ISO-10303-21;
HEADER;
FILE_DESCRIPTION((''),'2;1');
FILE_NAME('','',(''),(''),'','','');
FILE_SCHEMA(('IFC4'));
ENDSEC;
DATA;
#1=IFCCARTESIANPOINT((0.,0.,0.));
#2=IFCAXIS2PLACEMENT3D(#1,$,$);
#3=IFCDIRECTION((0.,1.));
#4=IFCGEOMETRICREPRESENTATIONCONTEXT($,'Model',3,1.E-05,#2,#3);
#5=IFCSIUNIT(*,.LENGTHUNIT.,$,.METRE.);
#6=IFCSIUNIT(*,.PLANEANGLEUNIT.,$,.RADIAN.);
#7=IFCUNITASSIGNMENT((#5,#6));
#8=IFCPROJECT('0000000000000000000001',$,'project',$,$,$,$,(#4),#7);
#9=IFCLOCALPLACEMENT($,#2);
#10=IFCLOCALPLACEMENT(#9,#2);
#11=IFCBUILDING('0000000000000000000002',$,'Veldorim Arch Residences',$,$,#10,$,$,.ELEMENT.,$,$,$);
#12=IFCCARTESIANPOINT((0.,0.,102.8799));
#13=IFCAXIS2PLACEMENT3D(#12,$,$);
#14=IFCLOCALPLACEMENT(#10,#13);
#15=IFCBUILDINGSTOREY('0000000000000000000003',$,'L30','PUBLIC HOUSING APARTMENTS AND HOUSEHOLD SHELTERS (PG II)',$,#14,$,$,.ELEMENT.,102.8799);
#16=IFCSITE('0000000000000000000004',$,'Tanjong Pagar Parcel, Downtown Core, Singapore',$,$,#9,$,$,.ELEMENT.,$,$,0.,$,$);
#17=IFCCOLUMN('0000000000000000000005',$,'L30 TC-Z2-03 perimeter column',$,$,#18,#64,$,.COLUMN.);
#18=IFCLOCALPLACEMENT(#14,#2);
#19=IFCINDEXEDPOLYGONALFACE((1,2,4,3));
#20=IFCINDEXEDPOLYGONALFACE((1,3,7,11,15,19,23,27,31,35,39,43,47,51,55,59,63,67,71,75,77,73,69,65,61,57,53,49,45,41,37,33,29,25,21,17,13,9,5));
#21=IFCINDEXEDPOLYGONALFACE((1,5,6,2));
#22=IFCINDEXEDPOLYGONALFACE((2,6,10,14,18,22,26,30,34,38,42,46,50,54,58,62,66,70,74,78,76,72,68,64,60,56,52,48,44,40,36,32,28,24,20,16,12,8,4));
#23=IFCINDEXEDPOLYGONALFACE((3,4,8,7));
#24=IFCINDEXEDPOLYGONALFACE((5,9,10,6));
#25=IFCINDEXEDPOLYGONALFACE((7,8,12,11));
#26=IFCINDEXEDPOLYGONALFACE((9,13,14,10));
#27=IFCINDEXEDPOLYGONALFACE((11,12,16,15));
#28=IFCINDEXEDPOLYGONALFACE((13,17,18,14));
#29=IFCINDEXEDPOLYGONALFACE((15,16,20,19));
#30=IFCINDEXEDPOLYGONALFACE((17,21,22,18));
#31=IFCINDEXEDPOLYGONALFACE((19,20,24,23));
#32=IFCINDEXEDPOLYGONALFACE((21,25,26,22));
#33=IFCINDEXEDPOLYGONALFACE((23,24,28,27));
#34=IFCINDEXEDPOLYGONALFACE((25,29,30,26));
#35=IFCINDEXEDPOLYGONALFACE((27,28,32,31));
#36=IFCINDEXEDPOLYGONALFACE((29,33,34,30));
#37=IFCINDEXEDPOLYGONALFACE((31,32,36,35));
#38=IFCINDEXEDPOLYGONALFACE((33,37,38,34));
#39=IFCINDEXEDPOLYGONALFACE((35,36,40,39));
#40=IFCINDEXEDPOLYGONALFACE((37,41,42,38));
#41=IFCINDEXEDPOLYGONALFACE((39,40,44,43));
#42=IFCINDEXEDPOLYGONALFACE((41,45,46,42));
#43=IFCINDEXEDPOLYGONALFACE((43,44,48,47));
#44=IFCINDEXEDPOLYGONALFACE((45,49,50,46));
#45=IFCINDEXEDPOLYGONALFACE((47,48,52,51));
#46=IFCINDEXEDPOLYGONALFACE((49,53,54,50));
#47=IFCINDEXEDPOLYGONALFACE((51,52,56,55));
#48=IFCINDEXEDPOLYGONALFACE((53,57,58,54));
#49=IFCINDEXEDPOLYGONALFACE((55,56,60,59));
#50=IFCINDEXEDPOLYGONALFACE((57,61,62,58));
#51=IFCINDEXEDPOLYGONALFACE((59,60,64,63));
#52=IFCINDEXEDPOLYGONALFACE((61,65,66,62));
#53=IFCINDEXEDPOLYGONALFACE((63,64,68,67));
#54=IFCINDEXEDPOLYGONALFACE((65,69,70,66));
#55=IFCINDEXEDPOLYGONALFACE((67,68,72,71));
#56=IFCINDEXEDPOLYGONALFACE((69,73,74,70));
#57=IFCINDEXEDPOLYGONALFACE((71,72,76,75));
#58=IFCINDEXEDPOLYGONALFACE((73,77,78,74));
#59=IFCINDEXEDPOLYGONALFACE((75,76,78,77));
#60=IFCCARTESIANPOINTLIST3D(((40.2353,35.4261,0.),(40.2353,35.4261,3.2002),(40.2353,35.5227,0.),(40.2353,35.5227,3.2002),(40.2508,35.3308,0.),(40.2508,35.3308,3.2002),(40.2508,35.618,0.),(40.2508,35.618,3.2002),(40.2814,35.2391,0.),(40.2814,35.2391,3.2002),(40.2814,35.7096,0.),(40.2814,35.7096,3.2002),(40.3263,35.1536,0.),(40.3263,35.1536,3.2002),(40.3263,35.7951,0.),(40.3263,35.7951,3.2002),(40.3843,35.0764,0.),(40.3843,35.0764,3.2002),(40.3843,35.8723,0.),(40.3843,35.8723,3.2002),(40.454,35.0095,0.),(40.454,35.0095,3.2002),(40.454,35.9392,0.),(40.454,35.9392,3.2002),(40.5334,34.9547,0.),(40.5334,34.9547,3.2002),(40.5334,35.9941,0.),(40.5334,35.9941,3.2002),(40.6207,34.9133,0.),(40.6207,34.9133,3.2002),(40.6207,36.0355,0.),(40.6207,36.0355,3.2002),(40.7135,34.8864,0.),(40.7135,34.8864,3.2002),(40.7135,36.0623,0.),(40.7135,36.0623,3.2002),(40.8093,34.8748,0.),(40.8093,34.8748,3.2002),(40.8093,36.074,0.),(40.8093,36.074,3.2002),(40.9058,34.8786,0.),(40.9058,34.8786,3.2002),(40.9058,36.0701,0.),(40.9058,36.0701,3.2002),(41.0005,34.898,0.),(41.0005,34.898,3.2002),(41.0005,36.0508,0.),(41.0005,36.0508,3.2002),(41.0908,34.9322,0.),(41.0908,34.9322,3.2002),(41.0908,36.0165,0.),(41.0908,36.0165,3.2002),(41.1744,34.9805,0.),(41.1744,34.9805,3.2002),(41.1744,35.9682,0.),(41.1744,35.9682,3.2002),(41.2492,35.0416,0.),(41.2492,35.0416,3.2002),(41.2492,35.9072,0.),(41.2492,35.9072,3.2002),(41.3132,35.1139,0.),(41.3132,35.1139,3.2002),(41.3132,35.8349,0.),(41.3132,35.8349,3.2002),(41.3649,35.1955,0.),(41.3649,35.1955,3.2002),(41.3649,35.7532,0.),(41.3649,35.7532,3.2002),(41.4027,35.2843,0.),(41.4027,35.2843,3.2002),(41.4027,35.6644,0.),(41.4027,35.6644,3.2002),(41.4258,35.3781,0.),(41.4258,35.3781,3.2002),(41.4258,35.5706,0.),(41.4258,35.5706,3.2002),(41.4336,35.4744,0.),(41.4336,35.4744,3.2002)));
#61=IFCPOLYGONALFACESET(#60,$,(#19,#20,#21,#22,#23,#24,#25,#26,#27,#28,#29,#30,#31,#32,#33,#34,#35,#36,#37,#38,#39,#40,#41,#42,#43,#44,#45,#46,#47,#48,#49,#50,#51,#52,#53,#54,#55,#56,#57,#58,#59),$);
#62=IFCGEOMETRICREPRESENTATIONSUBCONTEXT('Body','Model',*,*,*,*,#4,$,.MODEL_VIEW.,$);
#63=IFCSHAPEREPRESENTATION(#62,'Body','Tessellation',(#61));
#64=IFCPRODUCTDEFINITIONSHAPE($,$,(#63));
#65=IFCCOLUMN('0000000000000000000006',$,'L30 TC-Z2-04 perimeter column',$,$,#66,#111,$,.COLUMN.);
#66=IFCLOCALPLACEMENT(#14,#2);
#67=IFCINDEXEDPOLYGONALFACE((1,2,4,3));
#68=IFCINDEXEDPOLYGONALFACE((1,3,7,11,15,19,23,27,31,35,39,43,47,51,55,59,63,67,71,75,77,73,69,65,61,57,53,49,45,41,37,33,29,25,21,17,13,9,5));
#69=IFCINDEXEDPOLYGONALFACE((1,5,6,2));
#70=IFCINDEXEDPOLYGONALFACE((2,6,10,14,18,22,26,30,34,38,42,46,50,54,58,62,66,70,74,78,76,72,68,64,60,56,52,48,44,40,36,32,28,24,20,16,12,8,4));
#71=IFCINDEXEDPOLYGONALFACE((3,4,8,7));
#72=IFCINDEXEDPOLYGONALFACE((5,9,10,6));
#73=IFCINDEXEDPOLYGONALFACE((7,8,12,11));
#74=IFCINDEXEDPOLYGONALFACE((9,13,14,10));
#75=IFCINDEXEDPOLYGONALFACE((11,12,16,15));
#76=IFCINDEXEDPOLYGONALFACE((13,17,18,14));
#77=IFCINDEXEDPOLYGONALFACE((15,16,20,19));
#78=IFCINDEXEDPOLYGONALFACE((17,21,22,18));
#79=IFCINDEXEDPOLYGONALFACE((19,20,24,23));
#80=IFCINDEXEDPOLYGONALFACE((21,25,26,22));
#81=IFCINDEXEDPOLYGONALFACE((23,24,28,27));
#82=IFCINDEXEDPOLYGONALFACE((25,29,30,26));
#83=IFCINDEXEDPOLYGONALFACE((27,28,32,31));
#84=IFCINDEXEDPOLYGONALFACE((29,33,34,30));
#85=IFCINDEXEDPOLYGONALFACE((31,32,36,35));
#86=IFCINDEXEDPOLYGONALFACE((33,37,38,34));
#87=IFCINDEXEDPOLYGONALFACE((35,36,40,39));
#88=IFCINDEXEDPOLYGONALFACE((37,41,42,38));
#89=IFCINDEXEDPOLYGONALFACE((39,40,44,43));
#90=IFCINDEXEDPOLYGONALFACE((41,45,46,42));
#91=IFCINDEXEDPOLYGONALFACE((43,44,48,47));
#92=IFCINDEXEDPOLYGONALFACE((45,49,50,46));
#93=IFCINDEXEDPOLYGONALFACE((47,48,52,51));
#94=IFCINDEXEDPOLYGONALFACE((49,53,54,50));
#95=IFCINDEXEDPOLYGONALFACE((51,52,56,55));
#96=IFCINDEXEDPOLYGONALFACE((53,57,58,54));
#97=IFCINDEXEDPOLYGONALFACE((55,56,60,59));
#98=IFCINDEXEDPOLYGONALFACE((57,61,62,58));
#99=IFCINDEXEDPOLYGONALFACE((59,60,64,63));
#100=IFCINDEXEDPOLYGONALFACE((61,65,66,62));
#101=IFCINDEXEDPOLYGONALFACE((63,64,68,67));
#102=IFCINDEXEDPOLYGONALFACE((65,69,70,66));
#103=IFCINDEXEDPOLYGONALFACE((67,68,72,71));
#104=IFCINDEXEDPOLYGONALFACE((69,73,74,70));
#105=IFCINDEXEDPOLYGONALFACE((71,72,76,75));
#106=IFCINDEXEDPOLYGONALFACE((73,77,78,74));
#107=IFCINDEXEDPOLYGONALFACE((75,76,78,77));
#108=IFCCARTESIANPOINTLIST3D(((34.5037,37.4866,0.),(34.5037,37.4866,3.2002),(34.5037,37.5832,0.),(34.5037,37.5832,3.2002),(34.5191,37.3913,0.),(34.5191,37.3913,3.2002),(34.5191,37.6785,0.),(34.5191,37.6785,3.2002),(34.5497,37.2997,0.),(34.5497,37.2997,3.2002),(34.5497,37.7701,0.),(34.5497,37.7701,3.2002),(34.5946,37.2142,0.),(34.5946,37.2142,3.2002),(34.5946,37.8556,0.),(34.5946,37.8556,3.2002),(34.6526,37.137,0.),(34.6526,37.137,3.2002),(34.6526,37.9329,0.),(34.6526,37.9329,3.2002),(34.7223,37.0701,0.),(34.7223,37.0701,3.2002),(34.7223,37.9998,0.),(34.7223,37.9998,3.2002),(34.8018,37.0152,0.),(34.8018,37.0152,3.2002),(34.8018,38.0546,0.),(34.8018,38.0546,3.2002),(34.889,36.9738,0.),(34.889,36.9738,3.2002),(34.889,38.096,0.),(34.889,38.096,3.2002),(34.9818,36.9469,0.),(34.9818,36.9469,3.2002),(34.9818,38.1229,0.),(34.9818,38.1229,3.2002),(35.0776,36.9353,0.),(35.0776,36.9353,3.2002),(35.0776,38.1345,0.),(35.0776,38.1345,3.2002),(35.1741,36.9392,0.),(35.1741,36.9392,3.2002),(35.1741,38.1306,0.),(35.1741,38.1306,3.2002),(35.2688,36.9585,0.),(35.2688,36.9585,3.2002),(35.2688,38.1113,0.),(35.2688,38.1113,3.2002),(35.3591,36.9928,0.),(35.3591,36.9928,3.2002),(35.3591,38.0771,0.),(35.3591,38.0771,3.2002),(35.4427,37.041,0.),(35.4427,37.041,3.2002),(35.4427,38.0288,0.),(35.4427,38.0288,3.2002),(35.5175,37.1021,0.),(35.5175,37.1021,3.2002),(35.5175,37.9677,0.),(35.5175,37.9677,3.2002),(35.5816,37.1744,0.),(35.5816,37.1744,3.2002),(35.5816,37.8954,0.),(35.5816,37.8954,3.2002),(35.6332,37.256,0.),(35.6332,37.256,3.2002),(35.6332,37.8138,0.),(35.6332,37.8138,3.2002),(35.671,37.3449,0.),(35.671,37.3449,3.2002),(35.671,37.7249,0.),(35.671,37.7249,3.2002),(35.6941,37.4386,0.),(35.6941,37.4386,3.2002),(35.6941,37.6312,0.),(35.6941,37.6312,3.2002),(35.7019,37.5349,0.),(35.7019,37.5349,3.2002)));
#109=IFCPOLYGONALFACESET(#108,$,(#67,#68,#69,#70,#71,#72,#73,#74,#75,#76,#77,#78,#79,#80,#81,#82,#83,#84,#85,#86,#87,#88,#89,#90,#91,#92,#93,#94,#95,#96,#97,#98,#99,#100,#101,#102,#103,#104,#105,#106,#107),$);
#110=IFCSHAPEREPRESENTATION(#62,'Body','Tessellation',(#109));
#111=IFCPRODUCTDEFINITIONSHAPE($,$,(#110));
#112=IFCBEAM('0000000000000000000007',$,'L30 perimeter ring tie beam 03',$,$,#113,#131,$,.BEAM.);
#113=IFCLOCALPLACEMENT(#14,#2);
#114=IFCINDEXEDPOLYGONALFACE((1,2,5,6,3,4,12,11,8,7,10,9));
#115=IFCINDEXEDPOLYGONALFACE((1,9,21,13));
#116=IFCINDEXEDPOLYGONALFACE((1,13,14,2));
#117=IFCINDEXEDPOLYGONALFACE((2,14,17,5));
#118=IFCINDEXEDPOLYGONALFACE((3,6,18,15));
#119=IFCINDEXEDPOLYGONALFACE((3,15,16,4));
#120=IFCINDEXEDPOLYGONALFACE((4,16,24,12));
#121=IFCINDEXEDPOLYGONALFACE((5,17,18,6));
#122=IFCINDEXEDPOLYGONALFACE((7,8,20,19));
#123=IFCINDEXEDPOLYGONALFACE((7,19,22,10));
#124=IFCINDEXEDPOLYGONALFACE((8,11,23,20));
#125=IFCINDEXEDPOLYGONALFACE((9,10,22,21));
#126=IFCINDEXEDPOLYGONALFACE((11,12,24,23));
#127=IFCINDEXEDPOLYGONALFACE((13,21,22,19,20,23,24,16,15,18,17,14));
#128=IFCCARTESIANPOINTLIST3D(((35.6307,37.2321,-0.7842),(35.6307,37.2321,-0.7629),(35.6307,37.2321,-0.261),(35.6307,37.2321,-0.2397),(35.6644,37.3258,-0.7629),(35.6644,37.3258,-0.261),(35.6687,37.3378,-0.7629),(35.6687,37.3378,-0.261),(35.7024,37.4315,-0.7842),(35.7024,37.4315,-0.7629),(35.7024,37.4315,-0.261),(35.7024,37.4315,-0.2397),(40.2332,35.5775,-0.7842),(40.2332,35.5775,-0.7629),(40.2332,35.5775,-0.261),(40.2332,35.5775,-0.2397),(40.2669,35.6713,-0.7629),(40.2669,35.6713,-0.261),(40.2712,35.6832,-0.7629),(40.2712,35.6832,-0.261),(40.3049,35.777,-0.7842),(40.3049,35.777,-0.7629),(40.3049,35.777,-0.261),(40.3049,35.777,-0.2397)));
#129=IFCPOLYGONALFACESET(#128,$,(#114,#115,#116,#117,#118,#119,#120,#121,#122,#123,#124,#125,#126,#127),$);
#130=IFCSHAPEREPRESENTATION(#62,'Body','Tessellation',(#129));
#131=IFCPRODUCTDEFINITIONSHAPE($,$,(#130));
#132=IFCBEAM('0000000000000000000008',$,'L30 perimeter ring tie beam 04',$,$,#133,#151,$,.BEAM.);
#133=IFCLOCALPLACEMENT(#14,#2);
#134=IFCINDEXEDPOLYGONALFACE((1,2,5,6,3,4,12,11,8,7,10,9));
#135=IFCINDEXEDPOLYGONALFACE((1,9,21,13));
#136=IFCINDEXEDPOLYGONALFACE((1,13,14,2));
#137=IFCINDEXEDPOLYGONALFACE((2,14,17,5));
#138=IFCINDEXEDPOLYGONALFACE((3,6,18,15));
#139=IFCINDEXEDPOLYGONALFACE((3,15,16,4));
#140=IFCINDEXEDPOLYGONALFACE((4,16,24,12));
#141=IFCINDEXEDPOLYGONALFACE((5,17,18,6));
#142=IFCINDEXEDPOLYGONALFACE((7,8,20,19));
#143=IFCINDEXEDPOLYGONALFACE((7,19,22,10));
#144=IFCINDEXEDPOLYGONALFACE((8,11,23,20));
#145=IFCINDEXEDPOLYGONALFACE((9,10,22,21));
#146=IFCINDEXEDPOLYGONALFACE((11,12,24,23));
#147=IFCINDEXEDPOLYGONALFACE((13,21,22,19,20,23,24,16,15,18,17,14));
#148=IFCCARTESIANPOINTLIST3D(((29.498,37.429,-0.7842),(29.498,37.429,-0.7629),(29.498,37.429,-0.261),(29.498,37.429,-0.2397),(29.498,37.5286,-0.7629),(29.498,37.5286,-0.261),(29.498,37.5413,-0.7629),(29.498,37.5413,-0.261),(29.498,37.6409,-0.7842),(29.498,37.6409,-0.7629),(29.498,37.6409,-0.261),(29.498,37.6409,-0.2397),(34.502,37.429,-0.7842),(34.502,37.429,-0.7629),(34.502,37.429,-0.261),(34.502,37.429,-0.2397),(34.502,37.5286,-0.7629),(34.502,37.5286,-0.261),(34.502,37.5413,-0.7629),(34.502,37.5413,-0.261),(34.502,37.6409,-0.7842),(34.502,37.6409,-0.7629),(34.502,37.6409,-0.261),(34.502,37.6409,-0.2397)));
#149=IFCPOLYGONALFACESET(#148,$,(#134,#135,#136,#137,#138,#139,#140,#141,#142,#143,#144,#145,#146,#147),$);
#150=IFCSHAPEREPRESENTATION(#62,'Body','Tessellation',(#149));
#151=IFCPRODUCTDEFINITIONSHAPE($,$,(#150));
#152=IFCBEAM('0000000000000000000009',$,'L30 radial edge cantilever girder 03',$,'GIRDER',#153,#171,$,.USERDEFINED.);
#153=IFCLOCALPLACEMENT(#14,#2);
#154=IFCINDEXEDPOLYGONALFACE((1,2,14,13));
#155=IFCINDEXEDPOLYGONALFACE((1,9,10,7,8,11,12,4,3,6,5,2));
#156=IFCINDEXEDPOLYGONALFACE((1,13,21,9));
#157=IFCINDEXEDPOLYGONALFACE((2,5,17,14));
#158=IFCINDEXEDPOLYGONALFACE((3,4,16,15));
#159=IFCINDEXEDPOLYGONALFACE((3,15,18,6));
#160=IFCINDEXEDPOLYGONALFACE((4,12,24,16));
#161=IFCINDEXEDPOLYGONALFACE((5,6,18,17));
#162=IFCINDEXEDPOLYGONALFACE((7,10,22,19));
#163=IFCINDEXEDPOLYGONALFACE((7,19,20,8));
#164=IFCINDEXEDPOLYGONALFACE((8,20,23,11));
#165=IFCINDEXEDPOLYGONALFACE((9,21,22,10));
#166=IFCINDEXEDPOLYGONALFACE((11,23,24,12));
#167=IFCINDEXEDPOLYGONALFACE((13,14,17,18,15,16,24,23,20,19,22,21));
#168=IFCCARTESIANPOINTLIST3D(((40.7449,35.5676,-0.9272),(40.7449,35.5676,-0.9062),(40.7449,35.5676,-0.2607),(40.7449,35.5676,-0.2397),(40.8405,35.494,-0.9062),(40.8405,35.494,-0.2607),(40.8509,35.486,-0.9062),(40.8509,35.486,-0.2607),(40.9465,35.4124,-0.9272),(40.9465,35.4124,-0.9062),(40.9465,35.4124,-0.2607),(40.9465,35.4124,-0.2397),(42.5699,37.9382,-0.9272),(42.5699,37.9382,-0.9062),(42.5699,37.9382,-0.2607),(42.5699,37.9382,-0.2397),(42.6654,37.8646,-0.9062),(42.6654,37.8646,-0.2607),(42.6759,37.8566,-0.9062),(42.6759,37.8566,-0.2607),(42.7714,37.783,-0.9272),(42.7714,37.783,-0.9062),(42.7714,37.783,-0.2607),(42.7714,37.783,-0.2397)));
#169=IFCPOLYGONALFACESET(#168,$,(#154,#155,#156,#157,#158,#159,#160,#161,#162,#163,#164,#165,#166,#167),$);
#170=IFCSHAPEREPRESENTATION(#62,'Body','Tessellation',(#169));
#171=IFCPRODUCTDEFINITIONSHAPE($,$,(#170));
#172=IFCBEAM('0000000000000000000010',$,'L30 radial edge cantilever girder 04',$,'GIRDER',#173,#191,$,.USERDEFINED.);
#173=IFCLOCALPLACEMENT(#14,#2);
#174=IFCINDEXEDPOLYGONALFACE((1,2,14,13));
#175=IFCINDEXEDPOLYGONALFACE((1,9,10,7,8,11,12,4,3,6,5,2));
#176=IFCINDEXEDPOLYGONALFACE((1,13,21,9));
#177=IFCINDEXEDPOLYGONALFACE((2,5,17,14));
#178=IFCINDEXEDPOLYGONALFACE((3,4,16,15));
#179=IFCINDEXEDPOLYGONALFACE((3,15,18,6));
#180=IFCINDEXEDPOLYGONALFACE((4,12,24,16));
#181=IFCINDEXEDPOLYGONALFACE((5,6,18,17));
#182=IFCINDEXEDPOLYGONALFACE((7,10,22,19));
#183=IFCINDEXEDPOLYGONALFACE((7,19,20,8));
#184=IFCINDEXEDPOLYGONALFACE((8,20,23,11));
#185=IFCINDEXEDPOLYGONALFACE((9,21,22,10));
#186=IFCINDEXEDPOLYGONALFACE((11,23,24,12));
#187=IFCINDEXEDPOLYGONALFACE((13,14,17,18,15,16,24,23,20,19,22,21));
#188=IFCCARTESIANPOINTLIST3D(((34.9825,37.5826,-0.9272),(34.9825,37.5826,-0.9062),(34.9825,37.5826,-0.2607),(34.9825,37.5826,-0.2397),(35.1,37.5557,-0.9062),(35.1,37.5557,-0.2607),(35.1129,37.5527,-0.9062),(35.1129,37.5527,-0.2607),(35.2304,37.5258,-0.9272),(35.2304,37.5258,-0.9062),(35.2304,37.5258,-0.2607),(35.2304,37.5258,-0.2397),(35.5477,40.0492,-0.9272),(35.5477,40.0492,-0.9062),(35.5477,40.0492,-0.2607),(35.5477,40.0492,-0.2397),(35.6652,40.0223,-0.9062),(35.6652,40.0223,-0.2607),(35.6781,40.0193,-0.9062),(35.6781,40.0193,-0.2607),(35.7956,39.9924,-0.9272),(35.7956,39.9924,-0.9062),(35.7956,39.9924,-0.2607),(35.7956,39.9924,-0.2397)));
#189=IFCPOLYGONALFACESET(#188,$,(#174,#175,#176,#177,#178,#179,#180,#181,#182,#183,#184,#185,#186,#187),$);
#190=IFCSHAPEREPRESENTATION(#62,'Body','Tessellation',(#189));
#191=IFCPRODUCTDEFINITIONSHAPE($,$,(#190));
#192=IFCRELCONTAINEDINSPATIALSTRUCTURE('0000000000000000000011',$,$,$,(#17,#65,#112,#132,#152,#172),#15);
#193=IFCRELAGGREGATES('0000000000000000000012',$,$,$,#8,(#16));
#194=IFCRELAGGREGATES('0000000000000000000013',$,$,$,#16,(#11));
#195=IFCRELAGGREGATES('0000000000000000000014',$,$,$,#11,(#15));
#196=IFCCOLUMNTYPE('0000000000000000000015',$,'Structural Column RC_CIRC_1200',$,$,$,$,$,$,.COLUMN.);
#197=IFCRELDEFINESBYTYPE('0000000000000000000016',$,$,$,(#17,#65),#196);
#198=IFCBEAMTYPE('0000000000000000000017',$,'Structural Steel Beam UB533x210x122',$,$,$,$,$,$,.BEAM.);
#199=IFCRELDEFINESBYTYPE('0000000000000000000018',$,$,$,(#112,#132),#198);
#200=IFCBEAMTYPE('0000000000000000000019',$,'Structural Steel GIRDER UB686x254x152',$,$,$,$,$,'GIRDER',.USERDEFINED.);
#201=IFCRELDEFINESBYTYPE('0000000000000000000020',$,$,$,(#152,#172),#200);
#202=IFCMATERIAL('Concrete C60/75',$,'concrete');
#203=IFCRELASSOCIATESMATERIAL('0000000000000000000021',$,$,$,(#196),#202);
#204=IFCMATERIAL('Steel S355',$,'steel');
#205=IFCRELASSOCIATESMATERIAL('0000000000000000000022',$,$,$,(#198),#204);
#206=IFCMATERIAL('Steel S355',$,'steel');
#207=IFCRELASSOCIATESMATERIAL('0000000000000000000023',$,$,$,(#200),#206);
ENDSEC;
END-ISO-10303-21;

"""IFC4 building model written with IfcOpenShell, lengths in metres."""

from ifc_helpers import new_model, si_unit, direction, frame, origin, origin_2d, place, context, subcontext, project, spatial, circle, i_section, extrude, material, material_profile, profile_set, type_object, element, save


model = new_model("IFC4")

# Units and contexts
model_context = context("Model", 3, precision=1e-05, world=origin(), true_north=direction((0.0, 1.0)))
body_context = subcontext(model_context, "Body", "Model", "MODEL_VIEW")
ifc_project = project(units=[si_unit("LENGTHUNIT", "METRE"), si_unit("PLANEANGLEUNIT", "RADIAN")], contexts=[model_context])

# Site, building, storey
site_placement = place(None, origin())
site = spatial("IfcSite", under=ifc_project, at=site_placement, Name="Tanjong Pagar Parcel, Downtown Core, Singapore", CompositionType="ELEMENT", RefElevation=0.0)
building_placement = place(site_placement, origin())
building = spatial("IfcBuilding", under=site, at=building_placement, Name="Veldorim Arch Residences", CompositionType="ELEMENT")
storey_placement = place(building_placement, frame((0.0, 0.0, 102.8799)))
storey = spatial("IfcBuildingStorey", under=building, at=storey_placement, Name="L30", Description="PUBLIC HOUSING APARTMENTS AND HOUSEHOLD SHELTERS (PG II)", CompositionType="ELEMENT", Elevation=102.8799)

# Columns
ifc_material_1 = material(Name="Concrete C60/75", Category="concrete")
ifc_material_profile_1 = material_profile(ifc_material_1, circle(Radius=0.6001, at=origin_2d()), Name="RC_CIRC_1200")
ifc_profile_set_1 = profile_set([ifc_material_profile_1], Name="Concrete C60/75")
column_type = type_object("IfcColumnType", Name="Structural Column RC_CIRC_1200", PredefinedType="COLUMN", material=ifc_profile_set_1)
for number, where, z_axis, x_axis, name in (
    (1, (40.8335, 35.4744, 0.0), (0.0, 0.0, 1.0), (1.0, 0.0, 0.0), "L30 TC-Z2-03 perimeter column"),
    (2, (35.1018, 37.5349, 0.0), (0.0, 0.0, 1.0), (1.0, 0.0, 0.0), "L30 TC-Z2-04 perimeter column"),
):
    element("IfcColumn", number, at=place(storey_placement, frame(where, z_axis=z_axis, x_axis=x_axis)), inside=storey, type_object=column_type, Name=name, PredefinedType="COLUMN", context=body_context, shape_type="SweptSolid", body=[
        extrude(circle(Radius=0.6001, at=origin_2d()), origin(), (0.0, 0.0, 1.0), 3.2002),
    ])

# Beams
ifc_material_2 = material(Name="Steel S355", Category="steel")
ifc_material_profile_2 = material_profile(ifc_material_2, i_section(OverallWidth=0.2119, OverallDepth=0.5444, WebThickness=0.0127, FlangeThickness=0.0212, at=origin_2d()), Name="UB533x210x122")
ifc_profile_set_2 = profile_set([ifc_material_profile_2], Name="Steel S355")
beam_type_1 = type_object("IfcBeamType", Name="Structural Steel Beam UB533x210x122", PredefinedType="BEAM", material=ifc_profile_set_2)
beam_1_placement = place(storey_placement, frame((40.269, 35.6772, -0.512), z_axis=(-0.941042, 0.33829, 0.0), x_axis=(-0.33829, -0.941042, 0.0)))
element("IfcBeam", 3, at=beam_1_placement, inside=storey, type_object=beam_type_1, Name="L30 perimeter ring tie beam 03", PredefinedType="BEAM", context=body_context, shape_type="SweptSolid", body=[
    extrude(i_section(OverallWidth=0.2119, OverallDepth=0.5444, WebThickness=0.0127, FlangeThickness=0.0212, at=origin_2d()), origin(), (0.0, 0.0, 1.0), 4.8909),
])
beam_2_placement = place(storey_placement, frame((34.502, 37.5349, -0.512), z_axis=(-1.0, 0.0, 0.0), x_axis=(0.0, -1.0, 0.0)))
element("IfcBeam", 4, at=beam_2_placement, inside=storey, type_object=beam_type_1, Name="L30 perimeter ring tie beam 04", PredefinedType="BEAM", context=body_context, shape_type="SweptSolid", body=[
    extrude(i_section(OverallWidth=0.2119, OverallDepth=0.5444, WebThickness=0.0127, FlangeThickness=0.0212, at=origin_2d()), origin(), (0.0, 0.0, 1.0), 5.0039),
])
ifc_material_3 = material(Name="Steel S355", Category="steel")
ifc_material_profile_3 = material_profile(ifc_material_3, i_section(OverallWidth=0.2544, OverallDepth=0.6875, WebThickness=0.0132, FlangeThickness=0.021, at=origin_2d()), Name="UB686x254x152")
ifc_profile_set_3 = profile_set([ifc_material_profile_3], Name="Steel S355")
beam_type_2 = type_object("IfcBeamType", Name="Structural Steel GIRDER UB686x254x152", ElementType="GIRDER", PredefinedType="USERDEFINED", material=ifc_profile_set_3)
beam_3_placement = place(storey_placement, frame((40.8457, 35.49, -0.5835), z_axis=(0.610007, 0.792396, 0.0), x_axis=(-0.792396, 0.610007, 0.0)))
element("IfcBeam", 5, at=beam_3_placement, inside=storey, type_object=beam_type_2, Name="L30 radial edge cantilever girder 03", ObjectType="GIRDER", PredefinedType="USERDEFINED", context=body_context, shape_type="SweptSolid", body=[
    extrude(i_section(OverallWidth=0.2544, OverallDepth=0.6875, WebThickness=0.0132, FlangeThickness=0.021, at=origin_2d()), origin(), (0.0, 0.0, 1.0), 2.9917),
])
beam_4_placement = place(storey_placement, frame((35.1064, 37.5542, -0.5835), z_axis=(0.223351, 0.974738, 0.0), x_axis=(-0.974738, 0.223351, 0.0)))
element("IfcBeam", 6, at=beam_4_placement, inside=storey, type_object=beam_type_2, Name="L30 radial edge cantilever girder 04", ObjectType="GIRDER", PredefinedType="USERDEFINED", context=body_context, shape_type="SweptSolid", body=[
    extrude(i_section(OverallWidth=0.2544, OverallDepth=0.6875, WebThickness=0.0132, FlangeThickness=0.021, at=origin_2d()), origin(), (0.0, 0.0, 1.0), 2.5305),
])

save(model, "model.ifc")
